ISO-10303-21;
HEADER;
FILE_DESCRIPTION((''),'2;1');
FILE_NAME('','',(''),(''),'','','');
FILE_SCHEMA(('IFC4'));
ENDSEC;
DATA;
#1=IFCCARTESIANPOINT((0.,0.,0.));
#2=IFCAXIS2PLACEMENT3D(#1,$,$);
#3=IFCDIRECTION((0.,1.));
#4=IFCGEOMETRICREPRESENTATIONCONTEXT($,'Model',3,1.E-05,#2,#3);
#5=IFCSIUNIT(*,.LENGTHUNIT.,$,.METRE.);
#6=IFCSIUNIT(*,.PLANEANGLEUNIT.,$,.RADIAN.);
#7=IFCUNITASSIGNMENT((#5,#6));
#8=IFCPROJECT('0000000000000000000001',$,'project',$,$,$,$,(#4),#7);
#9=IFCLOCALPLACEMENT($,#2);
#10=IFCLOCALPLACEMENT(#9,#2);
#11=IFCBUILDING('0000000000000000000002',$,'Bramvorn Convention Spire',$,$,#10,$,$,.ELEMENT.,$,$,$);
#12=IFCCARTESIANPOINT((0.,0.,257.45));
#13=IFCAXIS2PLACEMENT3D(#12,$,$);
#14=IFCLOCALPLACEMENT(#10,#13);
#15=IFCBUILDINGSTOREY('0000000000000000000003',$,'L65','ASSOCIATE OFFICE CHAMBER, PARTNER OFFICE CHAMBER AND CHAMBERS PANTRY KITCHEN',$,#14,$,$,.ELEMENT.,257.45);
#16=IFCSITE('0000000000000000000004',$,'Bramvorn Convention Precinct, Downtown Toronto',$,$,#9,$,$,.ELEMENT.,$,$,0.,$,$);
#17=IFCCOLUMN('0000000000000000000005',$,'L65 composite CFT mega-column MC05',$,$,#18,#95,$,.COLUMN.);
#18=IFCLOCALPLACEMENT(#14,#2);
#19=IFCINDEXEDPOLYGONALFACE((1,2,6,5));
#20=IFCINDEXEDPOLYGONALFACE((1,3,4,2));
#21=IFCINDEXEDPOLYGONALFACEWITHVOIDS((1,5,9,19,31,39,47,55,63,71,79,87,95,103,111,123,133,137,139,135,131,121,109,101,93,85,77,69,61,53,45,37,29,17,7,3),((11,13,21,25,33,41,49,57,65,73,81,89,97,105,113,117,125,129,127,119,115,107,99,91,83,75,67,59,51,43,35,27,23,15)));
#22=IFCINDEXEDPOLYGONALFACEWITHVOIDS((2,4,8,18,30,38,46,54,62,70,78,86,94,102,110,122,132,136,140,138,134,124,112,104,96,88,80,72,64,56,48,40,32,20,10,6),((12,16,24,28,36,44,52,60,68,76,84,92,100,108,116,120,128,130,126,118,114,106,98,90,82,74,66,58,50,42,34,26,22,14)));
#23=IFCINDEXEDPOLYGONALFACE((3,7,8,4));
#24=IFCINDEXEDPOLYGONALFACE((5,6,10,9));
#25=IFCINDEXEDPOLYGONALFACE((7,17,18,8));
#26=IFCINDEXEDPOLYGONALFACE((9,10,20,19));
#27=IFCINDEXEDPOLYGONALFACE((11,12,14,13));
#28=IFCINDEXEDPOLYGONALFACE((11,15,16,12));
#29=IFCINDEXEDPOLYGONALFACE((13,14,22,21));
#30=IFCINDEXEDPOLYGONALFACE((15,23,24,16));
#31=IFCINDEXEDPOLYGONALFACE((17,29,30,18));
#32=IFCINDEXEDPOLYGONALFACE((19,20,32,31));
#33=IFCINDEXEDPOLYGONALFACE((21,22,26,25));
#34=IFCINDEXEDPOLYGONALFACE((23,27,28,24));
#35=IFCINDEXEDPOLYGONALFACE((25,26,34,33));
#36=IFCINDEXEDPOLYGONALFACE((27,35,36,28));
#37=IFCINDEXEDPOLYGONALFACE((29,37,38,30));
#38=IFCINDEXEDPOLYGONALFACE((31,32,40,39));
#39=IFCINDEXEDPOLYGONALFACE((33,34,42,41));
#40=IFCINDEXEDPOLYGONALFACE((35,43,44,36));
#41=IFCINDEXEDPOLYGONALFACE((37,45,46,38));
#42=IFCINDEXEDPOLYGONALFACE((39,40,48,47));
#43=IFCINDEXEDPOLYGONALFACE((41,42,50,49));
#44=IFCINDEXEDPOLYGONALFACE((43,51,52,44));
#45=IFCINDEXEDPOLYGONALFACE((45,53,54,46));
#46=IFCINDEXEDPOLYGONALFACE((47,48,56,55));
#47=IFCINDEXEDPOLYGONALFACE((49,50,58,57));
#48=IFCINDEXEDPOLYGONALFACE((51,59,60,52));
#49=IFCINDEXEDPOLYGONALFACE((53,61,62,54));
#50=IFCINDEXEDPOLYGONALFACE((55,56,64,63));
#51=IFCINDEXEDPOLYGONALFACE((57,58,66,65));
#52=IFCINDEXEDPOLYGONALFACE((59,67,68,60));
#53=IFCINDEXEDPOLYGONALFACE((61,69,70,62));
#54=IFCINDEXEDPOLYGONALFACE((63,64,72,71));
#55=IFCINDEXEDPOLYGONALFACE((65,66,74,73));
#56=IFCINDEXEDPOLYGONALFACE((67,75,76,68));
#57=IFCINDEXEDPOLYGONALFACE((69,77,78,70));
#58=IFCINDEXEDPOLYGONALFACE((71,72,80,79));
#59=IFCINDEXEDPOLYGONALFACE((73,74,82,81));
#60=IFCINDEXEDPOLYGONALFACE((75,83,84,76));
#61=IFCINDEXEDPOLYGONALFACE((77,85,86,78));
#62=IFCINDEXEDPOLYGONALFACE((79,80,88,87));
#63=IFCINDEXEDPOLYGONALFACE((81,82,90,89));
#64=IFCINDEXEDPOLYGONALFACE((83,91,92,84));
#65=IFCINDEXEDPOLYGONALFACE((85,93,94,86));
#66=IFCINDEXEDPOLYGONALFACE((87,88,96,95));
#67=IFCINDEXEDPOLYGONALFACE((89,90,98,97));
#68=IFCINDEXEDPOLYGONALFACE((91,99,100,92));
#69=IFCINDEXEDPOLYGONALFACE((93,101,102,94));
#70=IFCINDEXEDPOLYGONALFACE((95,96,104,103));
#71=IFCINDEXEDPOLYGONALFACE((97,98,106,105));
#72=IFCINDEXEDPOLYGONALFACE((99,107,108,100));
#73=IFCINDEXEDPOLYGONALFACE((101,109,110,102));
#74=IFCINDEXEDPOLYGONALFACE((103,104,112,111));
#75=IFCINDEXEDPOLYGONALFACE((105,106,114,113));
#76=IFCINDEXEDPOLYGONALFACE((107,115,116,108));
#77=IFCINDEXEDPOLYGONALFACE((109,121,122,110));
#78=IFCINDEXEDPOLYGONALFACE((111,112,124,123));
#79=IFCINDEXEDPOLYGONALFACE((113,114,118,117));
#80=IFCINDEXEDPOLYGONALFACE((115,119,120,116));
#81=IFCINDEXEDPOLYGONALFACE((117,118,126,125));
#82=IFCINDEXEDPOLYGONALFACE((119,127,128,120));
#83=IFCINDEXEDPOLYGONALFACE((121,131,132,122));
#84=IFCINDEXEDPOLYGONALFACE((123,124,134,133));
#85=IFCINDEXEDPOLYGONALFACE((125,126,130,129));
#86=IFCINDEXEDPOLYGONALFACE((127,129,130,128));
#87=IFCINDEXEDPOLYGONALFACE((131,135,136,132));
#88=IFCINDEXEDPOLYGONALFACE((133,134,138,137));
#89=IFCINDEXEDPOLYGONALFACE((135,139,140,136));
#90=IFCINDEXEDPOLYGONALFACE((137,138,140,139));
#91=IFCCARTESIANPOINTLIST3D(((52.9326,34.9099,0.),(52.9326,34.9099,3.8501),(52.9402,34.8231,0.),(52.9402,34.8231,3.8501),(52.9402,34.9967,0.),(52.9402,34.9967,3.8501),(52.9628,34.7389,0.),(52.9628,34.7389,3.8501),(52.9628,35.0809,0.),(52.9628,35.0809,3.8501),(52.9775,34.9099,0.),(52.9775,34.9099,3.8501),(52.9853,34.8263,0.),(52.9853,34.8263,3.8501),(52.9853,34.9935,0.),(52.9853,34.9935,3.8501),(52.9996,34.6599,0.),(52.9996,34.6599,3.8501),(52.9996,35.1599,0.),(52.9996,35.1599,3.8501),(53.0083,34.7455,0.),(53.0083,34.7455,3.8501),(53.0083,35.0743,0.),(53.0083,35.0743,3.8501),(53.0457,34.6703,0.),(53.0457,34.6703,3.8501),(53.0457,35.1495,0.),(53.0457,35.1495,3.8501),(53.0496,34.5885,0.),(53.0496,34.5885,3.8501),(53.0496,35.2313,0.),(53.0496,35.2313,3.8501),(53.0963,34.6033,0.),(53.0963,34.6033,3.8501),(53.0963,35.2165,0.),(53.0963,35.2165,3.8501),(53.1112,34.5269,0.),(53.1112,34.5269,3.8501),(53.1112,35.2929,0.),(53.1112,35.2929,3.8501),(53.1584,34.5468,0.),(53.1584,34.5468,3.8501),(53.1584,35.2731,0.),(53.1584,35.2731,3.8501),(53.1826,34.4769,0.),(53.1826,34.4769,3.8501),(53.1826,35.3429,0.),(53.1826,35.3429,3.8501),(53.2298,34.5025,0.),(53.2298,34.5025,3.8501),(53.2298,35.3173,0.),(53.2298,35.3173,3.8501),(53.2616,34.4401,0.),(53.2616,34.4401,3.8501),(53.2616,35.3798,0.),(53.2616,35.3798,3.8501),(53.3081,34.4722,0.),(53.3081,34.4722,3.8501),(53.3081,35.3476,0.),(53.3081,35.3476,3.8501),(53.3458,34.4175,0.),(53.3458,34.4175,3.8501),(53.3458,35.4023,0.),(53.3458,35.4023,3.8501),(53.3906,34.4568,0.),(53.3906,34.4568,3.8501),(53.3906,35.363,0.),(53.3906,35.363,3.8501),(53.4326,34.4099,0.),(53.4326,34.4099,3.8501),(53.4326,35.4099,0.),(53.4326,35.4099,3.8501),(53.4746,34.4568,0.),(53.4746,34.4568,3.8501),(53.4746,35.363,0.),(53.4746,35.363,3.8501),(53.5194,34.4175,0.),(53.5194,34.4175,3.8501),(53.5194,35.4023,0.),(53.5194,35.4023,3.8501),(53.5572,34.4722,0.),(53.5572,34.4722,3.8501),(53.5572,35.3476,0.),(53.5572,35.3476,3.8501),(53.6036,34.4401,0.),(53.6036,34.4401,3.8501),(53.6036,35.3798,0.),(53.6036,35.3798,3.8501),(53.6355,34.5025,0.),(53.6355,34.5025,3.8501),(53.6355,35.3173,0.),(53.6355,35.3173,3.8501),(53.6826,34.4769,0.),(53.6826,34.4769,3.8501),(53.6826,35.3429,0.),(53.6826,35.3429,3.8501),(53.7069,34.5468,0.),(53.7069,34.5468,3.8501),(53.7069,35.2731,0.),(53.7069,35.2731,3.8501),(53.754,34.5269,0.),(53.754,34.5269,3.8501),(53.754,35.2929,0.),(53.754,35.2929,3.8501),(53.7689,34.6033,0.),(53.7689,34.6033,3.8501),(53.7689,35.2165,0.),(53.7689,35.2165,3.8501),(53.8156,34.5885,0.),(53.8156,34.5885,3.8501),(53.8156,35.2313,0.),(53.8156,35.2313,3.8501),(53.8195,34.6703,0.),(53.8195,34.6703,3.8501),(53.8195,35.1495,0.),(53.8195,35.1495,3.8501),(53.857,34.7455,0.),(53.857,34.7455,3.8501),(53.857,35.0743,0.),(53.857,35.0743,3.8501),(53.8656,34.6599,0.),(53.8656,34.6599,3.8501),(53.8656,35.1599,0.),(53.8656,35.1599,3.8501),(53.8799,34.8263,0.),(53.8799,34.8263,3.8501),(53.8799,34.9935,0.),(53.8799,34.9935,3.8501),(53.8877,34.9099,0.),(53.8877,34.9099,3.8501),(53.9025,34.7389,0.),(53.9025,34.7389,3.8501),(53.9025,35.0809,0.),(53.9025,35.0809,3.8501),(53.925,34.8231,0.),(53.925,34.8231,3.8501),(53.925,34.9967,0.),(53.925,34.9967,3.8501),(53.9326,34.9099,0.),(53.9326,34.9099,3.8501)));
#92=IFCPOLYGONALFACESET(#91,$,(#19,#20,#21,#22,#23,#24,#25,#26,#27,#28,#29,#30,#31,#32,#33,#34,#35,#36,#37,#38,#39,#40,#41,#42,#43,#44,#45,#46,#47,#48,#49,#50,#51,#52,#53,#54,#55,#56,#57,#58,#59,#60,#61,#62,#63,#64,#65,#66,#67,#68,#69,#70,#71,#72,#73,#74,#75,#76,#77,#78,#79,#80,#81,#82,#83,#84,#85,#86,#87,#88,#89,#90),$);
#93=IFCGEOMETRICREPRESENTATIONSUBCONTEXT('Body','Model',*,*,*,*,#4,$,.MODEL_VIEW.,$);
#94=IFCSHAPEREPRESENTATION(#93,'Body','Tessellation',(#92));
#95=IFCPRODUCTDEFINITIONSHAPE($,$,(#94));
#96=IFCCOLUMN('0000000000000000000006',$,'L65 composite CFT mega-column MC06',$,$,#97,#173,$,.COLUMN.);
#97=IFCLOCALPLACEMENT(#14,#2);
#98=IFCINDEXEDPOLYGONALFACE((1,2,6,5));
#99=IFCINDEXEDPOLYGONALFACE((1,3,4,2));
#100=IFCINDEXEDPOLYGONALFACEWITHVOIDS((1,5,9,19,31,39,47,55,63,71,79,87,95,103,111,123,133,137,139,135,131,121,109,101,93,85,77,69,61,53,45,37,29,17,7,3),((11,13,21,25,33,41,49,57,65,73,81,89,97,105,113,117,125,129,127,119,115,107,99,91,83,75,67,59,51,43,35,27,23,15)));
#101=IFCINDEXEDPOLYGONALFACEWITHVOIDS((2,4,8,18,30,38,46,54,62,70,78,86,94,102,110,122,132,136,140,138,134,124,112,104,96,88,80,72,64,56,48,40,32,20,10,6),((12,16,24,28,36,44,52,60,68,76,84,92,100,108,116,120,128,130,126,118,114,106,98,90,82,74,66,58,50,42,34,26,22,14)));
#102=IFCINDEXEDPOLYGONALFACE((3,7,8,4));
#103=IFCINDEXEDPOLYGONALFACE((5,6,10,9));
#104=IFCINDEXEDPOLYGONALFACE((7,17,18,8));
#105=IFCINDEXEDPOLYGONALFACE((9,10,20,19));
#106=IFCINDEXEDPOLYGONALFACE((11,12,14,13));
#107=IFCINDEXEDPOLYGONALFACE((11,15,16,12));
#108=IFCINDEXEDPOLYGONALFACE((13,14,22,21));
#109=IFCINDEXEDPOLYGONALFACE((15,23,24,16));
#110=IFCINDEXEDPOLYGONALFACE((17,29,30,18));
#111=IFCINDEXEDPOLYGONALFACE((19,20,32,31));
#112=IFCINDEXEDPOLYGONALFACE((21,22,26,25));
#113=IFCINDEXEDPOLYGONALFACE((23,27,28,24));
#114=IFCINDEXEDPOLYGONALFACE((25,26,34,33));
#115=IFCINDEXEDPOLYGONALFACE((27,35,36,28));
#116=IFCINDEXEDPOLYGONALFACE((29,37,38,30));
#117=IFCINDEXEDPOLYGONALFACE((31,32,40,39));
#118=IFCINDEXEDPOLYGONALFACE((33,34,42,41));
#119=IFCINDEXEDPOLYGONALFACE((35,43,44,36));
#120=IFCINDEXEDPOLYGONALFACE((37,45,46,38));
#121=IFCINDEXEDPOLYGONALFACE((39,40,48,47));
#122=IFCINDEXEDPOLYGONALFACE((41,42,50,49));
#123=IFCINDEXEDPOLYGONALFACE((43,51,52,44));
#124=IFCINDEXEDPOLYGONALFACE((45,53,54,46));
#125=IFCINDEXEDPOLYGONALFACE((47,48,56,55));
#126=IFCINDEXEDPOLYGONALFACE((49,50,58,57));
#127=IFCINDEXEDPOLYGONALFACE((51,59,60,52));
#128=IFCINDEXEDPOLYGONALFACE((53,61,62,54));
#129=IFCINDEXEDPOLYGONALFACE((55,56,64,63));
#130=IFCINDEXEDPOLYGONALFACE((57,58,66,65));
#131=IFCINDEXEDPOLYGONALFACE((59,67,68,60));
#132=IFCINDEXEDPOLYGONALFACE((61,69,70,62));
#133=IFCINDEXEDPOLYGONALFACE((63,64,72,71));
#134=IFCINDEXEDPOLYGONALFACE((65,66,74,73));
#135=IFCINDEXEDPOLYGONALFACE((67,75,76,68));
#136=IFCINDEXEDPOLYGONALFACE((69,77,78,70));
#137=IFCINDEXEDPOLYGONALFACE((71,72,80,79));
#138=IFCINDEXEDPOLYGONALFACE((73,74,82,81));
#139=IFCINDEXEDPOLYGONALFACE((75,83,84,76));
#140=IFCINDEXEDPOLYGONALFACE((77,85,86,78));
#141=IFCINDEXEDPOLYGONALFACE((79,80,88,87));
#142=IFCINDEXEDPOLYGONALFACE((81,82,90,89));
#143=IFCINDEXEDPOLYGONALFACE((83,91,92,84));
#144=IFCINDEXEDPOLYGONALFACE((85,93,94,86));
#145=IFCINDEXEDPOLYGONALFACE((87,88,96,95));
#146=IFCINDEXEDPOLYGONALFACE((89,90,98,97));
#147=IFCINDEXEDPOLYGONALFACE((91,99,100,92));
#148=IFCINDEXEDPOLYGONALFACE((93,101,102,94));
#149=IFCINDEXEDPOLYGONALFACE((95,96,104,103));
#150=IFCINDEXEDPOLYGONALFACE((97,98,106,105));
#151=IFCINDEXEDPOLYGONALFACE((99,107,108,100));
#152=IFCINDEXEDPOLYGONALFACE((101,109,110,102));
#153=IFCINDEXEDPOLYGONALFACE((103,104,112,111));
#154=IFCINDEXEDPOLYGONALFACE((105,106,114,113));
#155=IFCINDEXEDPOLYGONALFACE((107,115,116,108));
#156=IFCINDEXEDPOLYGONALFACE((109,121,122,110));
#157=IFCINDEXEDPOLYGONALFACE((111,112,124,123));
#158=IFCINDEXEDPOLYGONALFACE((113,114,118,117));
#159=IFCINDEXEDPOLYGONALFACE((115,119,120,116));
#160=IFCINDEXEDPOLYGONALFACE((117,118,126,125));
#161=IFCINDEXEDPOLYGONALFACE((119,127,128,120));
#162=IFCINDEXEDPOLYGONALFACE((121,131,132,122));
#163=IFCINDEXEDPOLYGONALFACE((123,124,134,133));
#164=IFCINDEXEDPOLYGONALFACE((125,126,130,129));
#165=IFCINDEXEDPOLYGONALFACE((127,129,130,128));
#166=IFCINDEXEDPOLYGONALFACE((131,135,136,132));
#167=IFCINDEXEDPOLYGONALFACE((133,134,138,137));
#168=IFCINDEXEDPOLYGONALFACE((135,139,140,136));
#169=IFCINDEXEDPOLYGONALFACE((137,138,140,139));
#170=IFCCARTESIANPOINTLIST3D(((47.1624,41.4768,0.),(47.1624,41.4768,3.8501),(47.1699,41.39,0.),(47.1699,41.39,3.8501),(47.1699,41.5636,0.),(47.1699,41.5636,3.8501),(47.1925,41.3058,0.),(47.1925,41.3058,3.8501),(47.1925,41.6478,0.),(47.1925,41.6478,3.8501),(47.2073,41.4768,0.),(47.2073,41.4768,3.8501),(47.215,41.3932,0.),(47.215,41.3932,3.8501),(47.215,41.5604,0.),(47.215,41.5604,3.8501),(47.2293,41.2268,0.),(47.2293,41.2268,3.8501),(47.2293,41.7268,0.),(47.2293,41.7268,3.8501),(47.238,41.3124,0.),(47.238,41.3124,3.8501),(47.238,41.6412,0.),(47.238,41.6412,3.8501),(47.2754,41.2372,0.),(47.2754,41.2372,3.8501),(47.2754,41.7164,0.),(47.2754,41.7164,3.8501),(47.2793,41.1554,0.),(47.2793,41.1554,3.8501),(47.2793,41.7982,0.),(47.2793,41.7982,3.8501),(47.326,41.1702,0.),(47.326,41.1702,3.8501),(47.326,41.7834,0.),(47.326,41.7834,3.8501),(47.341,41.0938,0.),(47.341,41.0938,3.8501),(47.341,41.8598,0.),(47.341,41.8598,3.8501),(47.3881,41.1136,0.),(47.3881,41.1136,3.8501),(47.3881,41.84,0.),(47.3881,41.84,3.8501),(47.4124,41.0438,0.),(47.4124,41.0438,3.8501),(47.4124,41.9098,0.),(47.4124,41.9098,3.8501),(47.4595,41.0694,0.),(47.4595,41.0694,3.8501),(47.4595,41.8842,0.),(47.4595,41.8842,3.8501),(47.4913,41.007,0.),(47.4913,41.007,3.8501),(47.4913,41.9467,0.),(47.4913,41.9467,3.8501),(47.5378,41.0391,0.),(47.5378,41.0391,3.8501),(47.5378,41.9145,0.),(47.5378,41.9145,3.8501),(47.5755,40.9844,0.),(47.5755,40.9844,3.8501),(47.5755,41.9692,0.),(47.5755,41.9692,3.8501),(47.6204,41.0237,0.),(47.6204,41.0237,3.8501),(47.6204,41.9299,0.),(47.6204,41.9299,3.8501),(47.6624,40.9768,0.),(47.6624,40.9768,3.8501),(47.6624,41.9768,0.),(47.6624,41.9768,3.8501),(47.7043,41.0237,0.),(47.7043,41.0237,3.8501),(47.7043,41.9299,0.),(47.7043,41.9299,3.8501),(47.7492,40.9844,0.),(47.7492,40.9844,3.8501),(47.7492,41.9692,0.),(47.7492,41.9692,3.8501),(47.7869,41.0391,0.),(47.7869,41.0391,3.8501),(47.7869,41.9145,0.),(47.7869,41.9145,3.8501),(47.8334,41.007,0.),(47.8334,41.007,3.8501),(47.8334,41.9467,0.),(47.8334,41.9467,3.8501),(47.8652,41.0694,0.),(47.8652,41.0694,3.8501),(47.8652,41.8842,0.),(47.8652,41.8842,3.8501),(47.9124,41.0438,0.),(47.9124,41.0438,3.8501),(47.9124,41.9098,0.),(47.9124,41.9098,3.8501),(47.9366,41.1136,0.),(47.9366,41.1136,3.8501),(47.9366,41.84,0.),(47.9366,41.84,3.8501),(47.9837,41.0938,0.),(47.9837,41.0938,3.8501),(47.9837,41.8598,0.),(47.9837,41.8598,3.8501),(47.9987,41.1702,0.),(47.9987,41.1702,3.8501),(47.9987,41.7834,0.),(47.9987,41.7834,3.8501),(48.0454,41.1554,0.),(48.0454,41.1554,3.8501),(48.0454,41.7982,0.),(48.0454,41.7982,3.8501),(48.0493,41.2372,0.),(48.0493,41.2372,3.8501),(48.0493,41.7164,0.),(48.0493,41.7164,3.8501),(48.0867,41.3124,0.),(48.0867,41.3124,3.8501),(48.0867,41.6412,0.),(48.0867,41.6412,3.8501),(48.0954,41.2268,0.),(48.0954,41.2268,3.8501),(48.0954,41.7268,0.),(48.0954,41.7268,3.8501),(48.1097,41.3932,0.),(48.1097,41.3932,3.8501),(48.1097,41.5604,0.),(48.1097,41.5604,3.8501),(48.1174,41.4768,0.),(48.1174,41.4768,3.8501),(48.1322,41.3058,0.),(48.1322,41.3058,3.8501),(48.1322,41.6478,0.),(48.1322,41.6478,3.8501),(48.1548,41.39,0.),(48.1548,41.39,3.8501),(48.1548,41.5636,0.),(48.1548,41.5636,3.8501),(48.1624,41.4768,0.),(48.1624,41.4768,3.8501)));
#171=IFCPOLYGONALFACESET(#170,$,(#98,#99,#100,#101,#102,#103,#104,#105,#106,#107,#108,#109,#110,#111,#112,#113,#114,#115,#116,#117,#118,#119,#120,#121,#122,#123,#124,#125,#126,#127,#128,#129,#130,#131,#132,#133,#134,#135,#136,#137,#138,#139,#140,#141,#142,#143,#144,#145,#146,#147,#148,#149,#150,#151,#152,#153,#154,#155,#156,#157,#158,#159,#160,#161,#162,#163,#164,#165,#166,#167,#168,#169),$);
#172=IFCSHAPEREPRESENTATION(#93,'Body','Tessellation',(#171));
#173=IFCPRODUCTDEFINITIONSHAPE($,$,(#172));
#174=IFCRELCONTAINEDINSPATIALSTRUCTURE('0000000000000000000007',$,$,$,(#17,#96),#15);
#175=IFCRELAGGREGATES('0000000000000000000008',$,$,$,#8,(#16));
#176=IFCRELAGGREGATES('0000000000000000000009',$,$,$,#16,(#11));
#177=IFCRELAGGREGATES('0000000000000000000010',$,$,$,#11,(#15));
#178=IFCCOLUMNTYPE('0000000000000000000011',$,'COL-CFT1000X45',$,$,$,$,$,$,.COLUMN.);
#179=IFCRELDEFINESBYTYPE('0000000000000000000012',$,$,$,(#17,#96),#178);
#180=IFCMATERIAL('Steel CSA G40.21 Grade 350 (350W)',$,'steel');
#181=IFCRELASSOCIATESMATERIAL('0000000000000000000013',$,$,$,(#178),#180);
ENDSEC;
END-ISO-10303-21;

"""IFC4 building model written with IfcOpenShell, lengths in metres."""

from ifc_helpers import new_model, si_unit, direction, frame, origin, origin_2d, place, context, subcontext, project, spatial, hollow_circle, extrude, material, material_profile, profile_set, type_object, element, save


model = new_model("IFC4")

# Units and contexts
model_context = context("Model", 3, precision=1e-05, world=origin(), true_north=direction((0.0, 1.0)))
body_context = subcontext(model_context, "Body", "Model", "MODEL_VIEW")
ifc_project = project(units=[si_unit("LENGTHUNIT", "METRE"), si_unit("PLANEANGLEUNIT", "RADIAN")], contexts=[model_context])

# Site, building, storey
site_placement = place(None, origin())
site = spatial("IfcSite", under=ifc_project, at=site_placement, Name="Bramvorn Convention Precinct, Downtown Toronto", CompositionType="ELEMENT", RefElevation=0.0)
building_placement = place(site_placement, origin())
building = spatial("IfcBuilding", under=site, at=building_placement, Name="Bramvorn Convention Spire", CompositionType="ELEMENT")
storey_placement = place(building_placement, frame((0.0, 0.0, 257.45)))
storey = spatial("IfcBuildingStorey", under=building, at=storey_placement, Name="L65", Description="ASSOCIATE OFFICE CHAMBER, PARTNER OFFICE CHAMBER AND CHAMBERS PANTRY KITCHEN", CompositionType="ELEMENT", Elevation=257.45)

# Columns
ifc_material_1 = material(Name="Steel CSA G40.21 Grade 350 (350W)", Category="steel")
ifc_material_profile_1 = material_profile(ifc_material_1, hollow_circle(Radius=0.5, WallThickness=0.0449, at=origin_2d()))
ifc_profile_set_1 = profile_set([ifc_material_profile_1], Name="Steel CSA G40.21 Grade 350 (350W) - CFT1000X45")
column_type = type_object("IfcColumnType", Name="COL-CFT1000X45", PredefinedType="COLUMN", material=ifc_profile_set_1)
for number, where, z_axis, x_axis, name in (
    (1, (53.4326, 34.9099, 0.0), (0.0, 0.0, 1.0), (1.0, 0.0, 0.0), "L65 composite CFT mega-column MC05"),
    (2, (47.6624, 41.4768, 0.0), (0.0, 0.0, 1.0), (1.0, 0.0, 0.0), "L65 composite CFT mega-column MC06"),
):
    element("IfcColumn", number, at=place(storey_placement, frame(where, z_axis=z_axis, x_axis=x_axis)), inside=storey, type_object=column_type, Name=name, PredefinedType="COLUMN", context=body_context, shape_type="SweptSolid", body=[
        extrude(hollow_circle(Radius=0.5, WallThickness=0.0449, at=origin_2d()), origin(), (0.0, 0.0, 1.0), 3.8501),
    ])

save(model, "model.ifc")
